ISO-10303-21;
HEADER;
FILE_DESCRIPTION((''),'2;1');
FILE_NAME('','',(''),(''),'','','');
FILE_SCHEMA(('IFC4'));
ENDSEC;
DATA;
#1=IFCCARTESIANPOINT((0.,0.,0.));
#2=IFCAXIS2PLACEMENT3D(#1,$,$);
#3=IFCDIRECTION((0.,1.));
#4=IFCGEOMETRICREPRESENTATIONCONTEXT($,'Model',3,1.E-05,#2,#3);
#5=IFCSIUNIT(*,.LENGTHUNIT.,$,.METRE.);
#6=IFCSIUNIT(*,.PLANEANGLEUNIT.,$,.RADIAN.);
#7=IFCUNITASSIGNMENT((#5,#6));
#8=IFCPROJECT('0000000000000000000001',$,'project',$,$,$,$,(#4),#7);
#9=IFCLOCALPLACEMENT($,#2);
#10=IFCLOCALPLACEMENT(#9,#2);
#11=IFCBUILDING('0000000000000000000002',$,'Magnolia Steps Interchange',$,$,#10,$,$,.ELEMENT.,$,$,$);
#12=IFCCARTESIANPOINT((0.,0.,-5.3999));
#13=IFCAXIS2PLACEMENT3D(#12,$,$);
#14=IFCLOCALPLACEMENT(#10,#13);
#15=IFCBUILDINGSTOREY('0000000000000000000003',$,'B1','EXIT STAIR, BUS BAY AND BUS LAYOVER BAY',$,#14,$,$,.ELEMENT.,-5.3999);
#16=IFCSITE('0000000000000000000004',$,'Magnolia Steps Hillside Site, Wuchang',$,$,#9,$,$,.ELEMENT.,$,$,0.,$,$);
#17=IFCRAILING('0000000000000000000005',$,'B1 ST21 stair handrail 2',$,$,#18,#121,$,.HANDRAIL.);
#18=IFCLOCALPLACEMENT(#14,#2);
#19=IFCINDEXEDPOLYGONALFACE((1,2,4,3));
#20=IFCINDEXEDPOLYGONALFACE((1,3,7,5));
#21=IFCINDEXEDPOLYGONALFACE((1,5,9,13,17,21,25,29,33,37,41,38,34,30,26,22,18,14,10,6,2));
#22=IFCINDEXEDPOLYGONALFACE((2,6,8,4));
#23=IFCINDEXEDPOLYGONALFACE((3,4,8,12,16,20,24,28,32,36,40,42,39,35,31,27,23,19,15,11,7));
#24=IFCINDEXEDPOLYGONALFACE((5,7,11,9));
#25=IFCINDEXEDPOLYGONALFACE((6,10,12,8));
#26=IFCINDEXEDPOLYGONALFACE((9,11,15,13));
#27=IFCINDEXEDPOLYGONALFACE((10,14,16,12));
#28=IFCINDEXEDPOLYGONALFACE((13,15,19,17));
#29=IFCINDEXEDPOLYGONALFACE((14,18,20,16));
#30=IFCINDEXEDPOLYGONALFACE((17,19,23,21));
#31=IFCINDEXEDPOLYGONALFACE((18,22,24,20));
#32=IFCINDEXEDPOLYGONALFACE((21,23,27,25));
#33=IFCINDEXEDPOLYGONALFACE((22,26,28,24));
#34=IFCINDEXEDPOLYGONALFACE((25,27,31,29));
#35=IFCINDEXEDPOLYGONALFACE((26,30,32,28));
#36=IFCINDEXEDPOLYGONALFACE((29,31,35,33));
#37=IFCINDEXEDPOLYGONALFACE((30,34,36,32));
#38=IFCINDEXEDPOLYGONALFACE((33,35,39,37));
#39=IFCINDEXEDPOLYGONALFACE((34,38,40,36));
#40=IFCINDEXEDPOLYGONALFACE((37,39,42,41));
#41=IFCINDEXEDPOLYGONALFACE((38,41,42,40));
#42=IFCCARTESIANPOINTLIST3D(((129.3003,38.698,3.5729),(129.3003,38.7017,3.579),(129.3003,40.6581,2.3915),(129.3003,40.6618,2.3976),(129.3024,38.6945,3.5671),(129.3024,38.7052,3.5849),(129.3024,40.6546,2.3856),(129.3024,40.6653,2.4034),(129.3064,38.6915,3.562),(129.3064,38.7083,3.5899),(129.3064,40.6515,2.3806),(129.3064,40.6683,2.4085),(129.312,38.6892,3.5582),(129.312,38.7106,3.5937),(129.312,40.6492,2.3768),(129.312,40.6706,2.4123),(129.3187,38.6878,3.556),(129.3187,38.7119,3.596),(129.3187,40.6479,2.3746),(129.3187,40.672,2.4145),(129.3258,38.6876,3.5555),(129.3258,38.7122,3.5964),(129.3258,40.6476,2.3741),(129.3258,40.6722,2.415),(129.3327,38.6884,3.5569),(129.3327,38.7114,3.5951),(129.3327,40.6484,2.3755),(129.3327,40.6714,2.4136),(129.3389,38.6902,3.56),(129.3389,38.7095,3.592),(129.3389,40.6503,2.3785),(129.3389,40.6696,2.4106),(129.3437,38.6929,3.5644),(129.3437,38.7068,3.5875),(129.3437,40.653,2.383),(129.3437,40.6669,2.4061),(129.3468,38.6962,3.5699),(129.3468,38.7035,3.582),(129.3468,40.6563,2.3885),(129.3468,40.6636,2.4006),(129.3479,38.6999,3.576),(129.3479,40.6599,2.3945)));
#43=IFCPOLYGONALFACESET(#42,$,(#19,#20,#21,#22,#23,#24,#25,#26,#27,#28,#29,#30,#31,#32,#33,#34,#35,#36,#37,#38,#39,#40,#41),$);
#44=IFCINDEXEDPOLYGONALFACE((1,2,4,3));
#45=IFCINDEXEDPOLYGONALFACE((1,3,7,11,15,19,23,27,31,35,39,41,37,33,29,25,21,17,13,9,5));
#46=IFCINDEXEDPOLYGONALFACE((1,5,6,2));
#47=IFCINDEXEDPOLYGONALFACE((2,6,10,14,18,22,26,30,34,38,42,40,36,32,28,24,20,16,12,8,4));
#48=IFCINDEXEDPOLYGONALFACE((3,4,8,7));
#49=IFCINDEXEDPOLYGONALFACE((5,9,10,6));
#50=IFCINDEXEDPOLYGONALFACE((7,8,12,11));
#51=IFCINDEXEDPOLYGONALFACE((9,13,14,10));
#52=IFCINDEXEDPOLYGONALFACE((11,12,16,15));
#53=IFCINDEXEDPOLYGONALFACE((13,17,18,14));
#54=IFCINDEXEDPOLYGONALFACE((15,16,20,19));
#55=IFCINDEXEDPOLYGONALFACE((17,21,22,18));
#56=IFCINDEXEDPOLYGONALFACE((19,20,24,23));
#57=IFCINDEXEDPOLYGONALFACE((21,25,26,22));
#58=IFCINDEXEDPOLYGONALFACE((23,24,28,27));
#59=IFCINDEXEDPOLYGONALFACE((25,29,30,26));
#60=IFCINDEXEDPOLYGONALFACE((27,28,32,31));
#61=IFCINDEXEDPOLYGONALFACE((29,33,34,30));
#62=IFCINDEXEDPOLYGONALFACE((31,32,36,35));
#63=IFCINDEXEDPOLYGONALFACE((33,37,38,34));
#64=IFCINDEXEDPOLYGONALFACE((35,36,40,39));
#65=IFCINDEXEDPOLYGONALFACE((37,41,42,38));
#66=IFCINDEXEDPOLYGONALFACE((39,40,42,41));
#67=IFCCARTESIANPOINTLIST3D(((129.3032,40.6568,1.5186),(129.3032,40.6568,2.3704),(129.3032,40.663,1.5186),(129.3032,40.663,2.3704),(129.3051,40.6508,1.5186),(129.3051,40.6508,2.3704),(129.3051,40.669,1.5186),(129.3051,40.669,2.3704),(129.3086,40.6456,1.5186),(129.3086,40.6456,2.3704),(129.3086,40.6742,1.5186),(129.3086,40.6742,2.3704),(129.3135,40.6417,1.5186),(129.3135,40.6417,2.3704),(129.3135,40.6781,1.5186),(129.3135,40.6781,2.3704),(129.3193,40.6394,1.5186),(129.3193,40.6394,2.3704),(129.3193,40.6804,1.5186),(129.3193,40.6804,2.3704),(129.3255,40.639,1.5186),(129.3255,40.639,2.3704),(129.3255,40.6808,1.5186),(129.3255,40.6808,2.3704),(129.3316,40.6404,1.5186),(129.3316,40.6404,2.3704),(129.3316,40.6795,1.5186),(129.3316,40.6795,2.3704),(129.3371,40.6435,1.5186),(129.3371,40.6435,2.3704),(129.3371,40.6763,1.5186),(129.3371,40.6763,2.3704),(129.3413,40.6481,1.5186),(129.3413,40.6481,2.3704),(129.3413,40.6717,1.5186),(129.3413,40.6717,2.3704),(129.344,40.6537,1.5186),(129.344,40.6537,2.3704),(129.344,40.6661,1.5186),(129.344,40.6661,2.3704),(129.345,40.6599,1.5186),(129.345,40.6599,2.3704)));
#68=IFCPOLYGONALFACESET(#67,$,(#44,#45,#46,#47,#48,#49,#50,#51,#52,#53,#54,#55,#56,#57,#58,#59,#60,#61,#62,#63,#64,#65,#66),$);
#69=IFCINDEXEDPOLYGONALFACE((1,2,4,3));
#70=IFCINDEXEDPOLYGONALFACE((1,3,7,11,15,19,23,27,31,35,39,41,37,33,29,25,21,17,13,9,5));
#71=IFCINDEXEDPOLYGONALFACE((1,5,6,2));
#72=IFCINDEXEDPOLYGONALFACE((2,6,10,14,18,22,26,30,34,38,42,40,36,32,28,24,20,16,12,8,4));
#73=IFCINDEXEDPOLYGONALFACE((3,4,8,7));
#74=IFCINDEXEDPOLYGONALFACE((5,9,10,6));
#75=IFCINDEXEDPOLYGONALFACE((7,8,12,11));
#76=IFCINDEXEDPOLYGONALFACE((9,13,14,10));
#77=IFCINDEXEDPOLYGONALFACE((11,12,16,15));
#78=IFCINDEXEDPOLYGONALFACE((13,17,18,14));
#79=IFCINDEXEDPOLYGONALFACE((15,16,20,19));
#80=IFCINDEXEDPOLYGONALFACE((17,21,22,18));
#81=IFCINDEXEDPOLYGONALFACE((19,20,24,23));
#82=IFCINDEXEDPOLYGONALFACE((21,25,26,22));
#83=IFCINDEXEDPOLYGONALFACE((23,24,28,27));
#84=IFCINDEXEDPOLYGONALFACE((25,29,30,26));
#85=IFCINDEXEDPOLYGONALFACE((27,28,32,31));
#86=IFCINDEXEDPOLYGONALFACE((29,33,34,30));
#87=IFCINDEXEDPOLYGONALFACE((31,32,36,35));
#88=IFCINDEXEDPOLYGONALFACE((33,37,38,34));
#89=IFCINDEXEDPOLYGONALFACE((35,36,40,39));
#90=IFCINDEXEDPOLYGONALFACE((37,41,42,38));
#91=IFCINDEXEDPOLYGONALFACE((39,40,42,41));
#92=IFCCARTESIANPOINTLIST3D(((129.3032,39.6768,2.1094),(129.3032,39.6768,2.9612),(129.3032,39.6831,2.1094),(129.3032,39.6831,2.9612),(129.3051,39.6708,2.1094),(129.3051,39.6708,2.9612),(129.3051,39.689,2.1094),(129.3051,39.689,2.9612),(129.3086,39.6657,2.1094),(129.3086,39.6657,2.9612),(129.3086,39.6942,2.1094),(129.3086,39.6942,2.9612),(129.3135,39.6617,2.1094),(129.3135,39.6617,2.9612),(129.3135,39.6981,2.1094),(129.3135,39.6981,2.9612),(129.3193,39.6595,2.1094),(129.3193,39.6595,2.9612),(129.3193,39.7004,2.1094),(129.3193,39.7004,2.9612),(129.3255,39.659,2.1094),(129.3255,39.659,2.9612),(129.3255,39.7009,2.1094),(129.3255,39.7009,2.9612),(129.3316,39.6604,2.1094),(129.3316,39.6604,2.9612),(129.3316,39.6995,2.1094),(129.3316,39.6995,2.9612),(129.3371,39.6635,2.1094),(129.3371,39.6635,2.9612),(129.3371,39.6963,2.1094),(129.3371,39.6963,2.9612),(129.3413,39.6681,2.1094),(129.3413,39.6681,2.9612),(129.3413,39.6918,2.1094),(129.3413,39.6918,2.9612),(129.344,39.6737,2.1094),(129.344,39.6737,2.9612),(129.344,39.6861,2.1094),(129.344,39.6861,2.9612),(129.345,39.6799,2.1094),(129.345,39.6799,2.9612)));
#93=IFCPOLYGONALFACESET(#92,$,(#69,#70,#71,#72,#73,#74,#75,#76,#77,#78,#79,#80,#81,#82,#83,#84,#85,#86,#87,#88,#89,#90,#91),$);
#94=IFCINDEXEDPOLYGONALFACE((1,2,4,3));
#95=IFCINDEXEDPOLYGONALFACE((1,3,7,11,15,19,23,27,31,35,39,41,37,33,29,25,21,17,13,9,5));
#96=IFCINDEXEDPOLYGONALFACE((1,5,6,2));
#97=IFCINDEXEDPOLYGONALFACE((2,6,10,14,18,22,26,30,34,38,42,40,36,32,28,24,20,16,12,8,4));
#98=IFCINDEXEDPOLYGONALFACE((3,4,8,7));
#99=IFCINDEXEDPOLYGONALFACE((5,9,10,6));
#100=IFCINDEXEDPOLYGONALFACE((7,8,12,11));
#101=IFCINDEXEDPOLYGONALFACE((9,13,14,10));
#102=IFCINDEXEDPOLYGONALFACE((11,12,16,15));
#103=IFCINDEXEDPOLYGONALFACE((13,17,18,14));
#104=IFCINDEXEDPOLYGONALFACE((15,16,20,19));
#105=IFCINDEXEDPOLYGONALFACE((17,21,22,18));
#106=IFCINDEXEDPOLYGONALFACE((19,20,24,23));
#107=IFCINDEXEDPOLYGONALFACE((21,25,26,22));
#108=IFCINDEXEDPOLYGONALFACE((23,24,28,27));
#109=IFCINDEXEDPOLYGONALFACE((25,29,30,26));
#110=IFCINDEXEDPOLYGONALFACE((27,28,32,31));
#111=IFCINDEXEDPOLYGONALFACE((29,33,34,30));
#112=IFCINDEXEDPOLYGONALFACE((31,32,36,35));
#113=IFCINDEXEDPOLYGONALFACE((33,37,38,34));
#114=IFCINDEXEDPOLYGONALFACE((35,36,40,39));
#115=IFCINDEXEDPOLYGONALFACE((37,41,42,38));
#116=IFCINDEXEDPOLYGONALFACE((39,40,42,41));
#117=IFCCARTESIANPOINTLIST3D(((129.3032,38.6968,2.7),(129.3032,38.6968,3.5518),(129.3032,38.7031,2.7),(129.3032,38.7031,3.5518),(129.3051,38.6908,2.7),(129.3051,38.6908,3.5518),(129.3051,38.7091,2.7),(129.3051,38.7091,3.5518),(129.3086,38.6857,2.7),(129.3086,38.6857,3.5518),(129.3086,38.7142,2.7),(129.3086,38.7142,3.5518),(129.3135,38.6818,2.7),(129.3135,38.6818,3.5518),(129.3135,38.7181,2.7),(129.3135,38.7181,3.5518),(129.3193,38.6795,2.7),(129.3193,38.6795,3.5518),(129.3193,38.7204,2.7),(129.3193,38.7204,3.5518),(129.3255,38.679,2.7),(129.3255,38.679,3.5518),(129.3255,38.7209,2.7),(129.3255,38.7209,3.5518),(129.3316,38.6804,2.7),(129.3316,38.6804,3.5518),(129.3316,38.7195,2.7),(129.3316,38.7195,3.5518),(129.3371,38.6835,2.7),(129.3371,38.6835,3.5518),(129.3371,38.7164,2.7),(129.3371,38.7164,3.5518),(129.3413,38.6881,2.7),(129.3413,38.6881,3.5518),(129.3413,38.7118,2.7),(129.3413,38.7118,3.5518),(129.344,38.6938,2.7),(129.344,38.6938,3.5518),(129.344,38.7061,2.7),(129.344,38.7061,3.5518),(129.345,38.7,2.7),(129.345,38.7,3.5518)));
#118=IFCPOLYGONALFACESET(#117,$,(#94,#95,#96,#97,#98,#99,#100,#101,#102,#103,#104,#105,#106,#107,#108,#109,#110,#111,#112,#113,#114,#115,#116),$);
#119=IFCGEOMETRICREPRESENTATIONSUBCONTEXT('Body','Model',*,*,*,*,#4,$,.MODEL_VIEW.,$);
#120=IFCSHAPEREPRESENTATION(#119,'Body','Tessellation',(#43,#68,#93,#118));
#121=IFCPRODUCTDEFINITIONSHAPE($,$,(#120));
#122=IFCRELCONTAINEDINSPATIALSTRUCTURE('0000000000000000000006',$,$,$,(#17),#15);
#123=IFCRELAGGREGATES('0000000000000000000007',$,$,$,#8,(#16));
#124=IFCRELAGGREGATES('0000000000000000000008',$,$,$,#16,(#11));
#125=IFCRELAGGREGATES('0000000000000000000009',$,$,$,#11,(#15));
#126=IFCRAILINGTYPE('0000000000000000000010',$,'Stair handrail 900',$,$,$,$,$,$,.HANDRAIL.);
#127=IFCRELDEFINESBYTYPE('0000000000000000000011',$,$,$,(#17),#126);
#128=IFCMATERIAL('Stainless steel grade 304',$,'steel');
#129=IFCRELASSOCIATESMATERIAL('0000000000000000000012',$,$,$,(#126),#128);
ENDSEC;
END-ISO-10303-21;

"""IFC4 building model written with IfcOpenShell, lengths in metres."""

from ifc_helpers import new_model, si_unit, direction, frame, origin, origin_2d, place, context, subcontext, project, spatial, circle, extrude, material, type_object, element, save


model = new_model("IFC4")

# Units and contexts
model_context = context("Model", 3, precision=1e-05, world=origin(), true_north=direction((0.0, 1.0)))
body_context = subcontext(model_context, "Body", "Model", "MODEL_VIEW")
ifc_project = project(units=[si_unit("LENGTHUNIT", "METRE"), si_unit("PLANEANGLEUNIT", "RADIAN")], contexts=[model_context])

# Site, building, storey
site_placement = place(None, origin())
site = spatial("IfcSite", under=ifc_project, at=site_placement, Name="Magnolia Steps Hillside Site, Wuchang", CompositionType="ELEMENT", RefElevation=0.0)
building_placement = place(site_placement, origin())
building = spatial("IfcBuilding", under=site, at=building_placement, Name="Magnolia Steps Interchange", CompositionType="ELEMENT")
storey_placement = place(building_placement, frame((0.0, 0.0, -5.3999)))
storey = spatial("IfcBuildingStorey", under=building, at=storey_placement, Name="B1", Description="EXIT STAIR, BUS BAY AND BUS LAYOVER BAY", CompositionType="ELEMENT", Elevation=-5.3999)

# Railing
ifc_material_1 = material(Name="Stainless steel grade 304", Category="steel")
railing_type_1 = type_object("IfcRailingType", Name="Stair handrail 900", PredefinedType="HANDRAIL", material=ifc_material_1)
railing_1_placement = place(storey_placement, frame((129.324, 40.6599, 1.5186)))
element("IfcRailing", 1, at=railing_1_placement, inside=storey, type_object=railing_type_1, Name="B1 ST21 stair handrail 2", PredefinedType="HANDRAIL", context=body_context, shape_type="SweptSolid", body=[
    extrude(circle(Radius=0.0239, at=origin_2d()), frame((0.0, 0.0, 0.876), z_axis=(0.0, -0.856446, 0.516236), x_axis=(1.0, 0.0, 0.0)), (0.0, 0.0, 1.0), 2.2886),
    extrude(circle(Radius=0.021, at=origin_2d()), origin(), (0.0, 0.0, 1.0), 0.8518),
    extrude(circle(Radius=0.021, at=origin_2d()), frame((0.0, -0.98, 0.5908)), (0.0, 0.0, 1.0), 0.8518),
    extrude(circle(Radius=0.021, at=origin_2d()), frame((0.0, -1.96, 1.1814)), (0.0, 0.0, 1.0), 0.8518),
])

save(model, "model.ifc")
